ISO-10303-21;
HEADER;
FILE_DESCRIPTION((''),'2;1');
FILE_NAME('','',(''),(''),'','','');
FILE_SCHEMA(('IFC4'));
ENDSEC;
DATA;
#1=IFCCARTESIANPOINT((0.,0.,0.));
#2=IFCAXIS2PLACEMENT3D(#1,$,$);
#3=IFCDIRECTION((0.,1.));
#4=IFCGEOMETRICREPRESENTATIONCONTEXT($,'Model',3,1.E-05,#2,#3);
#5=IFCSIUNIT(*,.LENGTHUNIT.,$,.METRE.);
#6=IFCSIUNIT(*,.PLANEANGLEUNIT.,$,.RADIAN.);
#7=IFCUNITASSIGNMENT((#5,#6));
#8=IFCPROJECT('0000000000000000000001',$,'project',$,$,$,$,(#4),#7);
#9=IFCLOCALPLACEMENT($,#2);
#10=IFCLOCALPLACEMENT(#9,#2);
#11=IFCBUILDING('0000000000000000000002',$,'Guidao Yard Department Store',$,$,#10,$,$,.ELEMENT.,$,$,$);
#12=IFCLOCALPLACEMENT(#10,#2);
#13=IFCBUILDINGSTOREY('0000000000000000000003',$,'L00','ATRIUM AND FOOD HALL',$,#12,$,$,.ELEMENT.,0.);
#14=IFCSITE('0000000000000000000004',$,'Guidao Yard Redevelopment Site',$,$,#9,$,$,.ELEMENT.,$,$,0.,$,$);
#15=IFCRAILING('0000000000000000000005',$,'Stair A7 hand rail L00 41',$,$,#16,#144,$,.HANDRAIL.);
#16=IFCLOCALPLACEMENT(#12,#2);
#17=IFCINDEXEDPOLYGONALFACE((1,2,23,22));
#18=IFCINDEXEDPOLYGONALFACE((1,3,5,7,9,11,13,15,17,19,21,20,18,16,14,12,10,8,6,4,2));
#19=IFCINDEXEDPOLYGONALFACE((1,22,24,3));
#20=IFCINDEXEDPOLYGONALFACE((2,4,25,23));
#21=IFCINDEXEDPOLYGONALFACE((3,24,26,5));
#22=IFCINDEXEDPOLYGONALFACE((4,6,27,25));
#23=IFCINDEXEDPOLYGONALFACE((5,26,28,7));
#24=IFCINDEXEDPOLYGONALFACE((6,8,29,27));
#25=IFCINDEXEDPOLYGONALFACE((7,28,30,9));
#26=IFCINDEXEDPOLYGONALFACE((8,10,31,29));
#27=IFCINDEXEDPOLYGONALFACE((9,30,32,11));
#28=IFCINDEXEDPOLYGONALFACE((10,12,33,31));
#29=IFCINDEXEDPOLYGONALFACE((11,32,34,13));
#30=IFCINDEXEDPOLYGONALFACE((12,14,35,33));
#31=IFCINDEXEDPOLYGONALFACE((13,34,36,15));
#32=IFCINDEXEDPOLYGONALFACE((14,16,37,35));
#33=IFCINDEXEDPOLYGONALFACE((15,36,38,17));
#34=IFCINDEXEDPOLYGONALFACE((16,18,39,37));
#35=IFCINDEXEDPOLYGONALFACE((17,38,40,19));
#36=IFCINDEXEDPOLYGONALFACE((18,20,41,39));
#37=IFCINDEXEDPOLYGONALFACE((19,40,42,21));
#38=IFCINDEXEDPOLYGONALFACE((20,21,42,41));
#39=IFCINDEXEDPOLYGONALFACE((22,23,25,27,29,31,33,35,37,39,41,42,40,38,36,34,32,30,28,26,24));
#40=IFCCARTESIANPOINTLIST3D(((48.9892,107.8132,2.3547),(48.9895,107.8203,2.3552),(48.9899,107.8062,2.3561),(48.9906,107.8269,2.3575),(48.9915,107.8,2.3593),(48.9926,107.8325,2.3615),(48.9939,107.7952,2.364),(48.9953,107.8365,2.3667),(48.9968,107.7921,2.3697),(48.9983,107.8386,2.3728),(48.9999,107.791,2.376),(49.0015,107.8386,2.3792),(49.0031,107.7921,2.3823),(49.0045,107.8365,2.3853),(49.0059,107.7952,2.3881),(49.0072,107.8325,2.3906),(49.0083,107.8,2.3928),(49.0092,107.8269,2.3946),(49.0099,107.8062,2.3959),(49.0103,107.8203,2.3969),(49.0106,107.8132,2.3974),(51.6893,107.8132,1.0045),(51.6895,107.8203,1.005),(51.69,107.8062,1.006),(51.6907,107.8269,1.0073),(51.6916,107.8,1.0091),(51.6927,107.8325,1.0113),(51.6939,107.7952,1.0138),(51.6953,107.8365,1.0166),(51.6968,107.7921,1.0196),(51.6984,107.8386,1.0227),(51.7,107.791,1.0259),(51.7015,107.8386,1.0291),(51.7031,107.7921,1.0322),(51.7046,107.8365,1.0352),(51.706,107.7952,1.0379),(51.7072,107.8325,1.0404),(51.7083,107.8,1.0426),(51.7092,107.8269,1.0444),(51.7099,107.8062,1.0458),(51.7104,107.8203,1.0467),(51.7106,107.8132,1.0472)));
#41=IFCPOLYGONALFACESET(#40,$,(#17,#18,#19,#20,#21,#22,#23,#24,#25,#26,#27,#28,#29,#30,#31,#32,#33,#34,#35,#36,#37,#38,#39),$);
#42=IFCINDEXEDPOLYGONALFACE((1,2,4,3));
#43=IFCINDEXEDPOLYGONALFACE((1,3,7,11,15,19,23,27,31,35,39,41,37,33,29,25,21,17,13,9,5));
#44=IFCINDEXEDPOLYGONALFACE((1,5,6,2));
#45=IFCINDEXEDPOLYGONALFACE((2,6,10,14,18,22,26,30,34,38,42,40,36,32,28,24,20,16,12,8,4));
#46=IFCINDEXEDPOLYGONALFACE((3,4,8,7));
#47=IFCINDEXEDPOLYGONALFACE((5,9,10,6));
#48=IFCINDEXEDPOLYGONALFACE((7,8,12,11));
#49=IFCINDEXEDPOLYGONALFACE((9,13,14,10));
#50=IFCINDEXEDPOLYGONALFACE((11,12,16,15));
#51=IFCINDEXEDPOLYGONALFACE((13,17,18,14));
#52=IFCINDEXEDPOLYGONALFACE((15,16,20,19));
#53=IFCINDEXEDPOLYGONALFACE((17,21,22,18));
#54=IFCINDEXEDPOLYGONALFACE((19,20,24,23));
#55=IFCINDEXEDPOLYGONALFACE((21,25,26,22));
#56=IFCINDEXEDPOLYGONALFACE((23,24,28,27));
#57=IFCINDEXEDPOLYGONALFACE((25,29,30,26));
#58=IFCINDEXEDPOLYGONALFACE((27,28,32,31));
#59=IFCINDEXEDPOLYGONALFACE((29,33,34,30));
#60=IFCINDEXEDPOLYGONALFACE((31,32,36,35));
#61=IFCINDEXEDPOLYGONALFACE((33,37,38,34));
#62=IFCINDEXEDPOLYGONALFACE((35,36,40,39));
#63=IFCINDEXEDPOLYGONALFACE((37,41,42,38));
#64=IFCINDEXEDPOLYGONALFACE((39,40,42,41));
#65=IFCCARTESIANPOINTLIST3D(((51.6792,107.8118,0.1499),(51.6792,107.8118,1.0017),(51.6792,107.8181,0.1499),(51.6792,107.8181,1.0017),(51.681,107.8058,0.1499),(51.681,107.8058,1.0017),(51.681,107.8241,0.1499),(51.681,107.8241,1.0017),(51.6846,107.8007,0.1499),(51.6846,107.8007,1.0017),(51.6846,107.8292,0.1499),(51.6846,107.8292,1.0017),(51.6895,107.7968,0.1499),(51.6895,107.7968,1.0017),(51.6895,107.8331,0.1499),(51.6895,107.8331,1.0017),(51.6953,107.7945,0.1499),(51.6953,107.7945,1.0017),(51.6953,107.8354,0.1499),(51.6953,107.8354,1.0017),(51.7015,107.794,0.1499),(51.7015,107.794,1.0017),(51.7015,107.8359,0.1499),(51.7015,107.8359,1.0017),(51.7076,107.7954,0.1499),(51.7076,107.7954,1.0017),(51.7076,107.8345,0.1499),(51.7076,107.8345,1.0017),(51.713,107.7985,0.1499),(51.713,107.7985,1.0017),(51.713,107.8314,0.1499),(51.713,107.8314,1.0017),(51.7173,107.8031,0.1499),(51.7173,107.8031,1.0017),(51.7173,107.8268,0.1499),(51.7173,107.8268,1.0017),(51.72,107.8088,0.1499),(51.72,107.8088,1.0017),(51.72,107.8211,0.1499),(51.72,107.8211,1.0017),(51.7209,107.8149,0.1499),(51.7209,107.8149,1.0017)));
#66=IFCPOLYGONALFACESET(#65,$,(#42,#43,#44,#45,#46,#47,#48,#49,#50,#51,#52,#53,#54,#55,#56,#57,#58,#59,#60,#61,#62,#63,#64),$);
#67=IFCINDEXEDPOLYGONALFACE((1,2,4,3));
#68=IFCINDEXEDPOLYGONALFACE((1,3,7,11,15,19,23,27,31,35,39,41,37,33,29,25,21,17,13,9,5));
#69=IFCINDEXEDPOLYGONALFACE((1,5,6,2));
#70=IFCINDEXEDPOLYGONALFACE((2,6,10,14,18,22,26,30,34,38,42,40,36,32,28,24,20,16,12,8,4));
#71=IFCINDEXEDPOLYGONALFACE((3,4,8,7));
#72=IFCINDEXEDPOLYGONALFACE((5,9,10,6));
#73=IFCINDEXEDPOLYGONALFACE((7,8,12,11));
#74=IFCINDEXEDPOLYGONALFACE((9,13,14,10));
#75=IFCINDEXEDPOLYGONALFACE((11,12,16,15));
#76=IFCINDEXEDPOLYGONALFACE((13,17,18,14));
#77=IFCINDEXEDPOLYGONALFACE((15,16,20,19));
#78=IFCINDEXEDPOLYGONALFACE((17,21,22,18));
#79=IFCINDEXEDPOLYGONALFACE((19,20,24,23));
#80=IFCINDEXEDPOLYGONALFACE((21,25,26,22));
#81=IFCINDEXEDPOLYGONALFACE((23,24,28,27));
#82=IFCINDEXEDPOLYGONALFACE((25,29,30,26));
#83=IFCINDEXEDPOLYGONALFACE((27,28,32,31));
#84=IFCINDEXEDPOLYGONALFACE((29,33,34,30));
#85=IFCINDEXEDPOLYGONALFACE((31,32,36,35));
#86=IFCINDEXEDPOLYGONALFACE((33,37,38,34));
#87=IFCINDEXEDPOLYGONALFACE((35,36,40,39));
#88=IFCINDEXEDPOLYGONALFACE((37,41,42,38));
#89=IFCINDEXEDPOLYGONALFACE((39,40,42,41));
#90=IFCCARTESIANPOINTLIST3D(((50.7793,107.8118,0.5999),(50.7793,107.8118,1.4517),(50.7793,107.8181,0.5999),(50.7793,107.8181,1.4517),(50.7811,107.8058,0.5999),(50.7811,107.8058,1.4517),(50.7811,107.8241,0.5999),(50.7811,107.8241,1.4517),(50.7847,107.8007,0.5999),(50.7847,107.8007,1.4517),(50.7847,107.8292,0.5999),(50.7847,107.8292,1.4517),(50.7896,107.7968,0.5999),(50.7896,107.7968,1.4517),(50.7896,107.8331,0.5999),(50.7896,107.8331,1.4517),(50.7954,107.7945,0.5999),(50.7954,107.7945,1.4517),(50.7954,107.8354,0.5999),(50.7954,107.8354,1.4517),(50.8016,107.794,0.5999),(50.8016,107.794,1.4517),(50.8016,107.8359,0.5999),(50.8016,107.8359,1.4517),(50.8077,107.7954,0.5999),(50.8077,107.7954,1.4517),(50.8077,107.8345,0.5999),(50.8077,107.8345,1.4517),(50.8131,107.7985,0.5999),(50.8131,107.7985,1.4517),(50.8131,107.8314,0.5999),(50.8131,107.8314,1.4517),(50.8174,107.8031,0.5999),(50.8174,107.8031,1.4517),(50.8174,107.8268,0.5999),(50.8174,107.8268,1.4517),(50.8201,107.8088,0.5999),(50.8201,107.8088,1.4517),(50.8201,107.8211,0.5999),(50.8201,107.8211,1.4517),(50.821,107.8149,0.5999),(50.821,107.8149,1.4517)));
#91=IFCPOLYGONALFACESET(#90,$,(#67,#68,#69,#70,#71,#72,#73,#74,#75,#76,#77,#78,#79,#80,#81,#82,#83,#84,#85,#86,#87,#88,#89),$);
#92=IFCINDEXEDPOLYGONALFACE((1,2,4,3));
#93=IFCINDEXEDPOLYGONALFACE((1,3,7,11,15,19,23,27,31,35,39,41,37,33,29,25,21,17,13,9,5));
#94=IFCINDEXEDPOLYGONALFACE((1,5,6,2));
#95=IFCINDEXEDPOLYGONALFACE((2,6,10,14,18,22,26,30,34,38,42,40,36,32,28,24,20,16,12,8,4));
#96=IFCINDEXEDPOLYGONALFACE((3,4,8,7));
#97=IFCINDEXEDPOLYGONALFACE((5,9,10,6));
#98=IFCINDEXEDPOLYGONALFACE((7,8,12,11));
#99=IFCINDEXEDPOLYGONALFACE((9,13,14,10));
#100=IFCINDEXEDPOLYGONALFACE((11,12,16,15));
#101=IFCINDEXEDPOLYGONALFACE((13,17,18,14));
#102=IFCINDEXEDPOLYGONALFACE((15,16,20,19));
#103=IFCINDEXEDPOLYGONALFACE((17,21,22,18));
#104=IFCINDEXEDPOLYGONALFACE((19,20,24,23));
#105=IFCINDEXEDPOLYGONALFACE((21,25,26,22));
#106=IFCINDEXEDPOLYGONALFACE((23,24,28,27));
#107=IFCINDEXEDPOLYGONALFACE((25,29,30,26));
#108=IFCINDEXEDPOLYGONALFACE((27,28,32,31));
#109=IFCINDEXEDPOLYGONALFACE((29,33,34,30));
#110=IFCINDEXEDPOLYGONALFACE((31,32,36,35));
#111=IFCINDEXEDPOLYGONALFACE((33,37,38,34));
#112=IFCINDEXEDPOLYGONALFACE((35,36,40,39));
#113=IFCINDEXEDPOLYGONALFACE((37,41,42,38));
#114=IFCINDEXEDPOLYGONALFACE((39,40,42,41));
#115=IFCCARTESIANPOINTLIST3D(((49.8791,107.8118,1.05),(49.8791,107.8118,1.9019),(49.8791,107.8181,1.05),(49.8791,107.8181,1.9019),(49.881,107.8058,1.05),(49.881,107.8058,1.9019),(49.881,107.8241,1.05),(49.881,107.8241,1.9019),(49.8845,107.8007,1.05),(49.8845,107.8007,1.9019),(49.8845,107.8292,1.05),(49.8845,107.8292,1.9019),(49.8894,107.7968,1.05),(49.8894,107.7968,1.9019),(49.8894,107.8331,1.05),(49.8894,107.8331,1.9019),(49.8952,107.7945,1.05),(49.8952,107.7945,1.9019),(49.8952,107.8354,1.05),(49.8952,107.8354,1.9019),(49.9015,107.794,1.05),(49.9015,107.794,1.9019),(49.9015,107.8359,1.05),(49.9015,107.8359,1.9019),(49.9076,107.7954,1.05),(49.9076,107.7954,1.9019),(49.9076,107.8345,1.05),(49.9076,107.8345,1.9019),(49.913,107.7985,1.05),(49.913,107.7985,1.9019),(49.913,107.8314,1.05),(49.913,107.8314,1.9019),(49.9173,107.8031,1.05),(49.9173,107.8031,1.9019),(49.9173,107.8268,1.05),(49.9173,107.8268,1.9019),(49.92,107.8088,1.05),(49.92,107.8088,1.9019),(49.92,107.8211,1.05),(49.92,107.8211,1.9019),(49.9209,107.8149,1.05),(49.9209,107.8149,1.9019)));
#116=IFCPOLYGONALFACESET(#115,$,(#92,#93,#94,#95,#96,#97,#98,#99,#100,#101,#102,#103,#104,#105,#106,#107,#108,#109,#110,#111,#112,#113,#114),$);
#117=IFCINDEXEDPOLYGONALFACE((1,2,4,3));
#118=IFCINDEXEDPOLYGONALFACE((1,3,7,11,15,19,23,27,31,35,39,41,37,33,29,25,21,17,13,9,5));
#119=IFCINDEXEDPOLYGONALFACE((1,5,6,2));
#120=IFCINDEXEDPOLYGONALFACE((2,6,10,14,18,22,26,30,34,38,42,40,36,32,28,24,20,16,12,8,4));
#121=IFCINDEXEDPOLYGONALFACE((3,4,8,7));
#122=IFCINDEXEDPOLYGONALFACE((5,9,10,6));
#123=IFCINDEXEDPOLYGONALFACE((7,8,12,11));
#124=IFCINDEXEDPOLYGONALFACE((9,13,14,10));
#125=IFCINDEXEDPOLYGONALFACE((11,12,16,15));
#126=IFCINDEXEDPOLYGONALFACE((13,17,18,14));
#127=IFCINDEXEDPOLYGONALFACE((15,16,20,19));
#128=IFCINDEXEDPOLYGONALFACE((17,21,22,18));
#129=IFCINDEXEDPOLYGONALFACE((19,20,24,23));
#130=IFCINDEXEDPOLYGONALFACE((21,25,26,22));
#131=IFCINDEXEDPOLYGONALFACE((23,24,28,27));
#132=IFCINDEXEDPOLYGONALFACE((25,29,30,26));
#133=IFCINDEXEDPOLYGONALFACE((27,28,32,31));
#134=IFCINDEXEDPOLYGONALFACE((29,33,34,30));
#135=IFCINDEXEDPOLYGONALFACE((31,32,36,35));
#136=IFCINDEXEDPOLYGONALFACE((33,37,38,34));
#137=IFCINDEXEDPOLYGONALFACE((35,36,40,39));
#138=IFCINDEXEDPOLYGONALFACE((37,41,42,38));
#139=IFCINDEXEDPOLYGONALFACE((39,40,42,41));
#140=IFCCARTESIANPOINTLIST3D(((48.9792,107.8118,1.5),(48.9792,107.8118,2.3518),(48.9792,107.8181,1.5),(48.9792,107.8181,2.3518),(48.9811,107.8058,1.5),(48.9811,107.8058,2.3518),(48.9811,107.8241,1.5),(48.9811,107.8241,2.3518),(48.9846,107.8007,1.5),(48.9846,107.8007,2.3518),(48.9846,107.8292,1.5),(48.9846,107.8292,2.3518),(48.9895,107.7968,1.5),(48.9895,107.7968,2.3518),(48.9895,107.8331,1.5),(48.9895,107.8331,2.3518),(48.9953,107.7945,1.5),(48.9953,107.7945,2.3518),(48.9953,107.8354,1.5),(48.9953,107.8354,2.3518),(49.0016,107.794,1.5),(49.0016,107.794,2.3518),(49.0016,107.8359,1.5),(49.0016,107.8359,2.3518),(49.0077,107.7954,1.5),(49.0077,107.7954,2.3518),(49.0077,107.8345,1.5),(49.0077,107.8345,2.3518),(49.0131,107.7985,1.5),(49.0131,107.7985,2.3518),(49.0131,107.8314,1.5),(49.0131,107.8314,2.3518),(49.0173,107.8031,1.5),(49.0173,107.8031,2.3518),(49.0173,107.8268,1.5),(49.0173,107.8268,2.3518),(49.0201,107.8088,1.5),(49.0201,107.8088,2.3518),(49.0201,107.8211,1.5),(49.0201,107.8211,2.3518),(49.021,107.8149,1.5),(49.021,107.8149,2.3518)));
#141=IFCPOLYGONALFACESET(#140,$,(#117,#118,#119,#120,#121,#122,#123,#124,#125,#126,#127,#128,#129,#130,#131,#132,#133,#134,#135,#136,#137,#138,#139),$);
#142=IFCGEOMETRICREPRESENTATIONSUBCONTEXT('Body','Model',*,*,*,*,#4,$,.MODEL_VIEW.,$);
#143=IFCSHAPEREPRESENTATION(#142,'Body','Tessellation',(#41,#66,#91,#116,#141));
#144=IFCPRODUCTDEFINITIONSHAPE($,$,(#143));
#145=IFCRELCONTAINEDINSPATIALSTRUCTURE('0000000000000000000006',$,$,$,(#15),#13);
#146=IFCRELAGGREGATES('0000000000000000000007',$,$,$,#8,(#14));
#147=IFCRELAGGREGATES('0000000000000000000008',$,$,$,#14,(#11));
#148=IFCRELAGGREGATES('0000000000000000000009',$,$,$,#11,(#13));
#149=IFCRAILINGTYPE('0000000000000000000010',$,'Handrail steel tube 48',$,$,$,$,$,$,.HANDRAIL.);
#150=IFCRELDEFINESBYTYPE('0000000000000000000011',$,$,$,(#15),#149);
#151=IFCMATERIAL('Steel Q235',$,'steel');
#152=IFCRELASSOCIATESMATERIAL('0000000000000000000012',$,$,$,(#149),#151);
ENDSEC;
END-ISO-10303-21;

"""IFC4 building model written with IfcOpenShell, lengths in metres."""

from ifc_helpers import new_model, si_unit, direction, frame, origin, origin_2d, place, context, subcontext, project, spatial, circle, extrude, material, type_object, element, save


model = new_model("IFC4")

# Units and contexts
model_context = context("Model", 3, precision=1e-05, world=origin(), true_north=direction((0.0, 1.0)))
body_context = subcontext(model_context, "Body", "Model", "MODEL_VIEW")
ifc_project = project(units=[si_unit("LENGTHUNIT", "METRE"), si_unit("PLANEANGLEUNIT", "RADIAN")], contexts=[model_context])

# Site, building, storey
site_placement = place(None, origin())
site = spatial("IfcSite", under=ifc_project, at=site_placement, Name="Guidao Yard Redevelopment Site", CompositionType="ELEMENT", RefElevation=0.0)
building_placement = place(site_placement, origin())
building = spatial("IfcBuilding", under=site, at=building_placement, Name="Guidao Yard Department Store", CompositionType="ELEMENT")
storey_placement = place(building_placement, origin())
storey = spatial("IfcBuildingStorey", under=building, at=storey_placement, Name="L00", Description="ATRIUM AND FOOD HALL", CompositionType="ELEMENT", Elevation=0.0)

# Railing
ifc_material_1 = material(Name="Steel Q235", Category="steel")
railing_type_1 = type_object("IfcRailingType", Name="Handrail steel tube 48", PredefinedType="HANDRAIL", material=ifc_material_1)
for number, where, name in (
    (1, (51.7, 107.8149, 0.1499), "Stair A7 hand rail L00 41"),
):
    element("IfcRailing", number, at=place(storey_placement, frame(where)), inside=storey, type_object=railing_type_1, Name=name, PredefinedType="HANDRAIL", context=body_context, shape_type="SweptSolid", body=[
        extrude(circle(Radius=0.0239, at=origin_2d()), frame((0.0, 0.0, 0.876), z_axis=(-0.894411, 0.0, 0.447246), x_axis=(0.0, -1.0, 0.0)), (0.0, 0.0, 1.0), 3.0188),
        extrude(circle(Radius=0.021, at=origin_2d()), origin(), (0.0, 0.0, 1.0), 0.8518),
        extrude(circle(Radius=0.021, at=origin_2d()), frame((-0.8999, 0.0, 0.45)), (0.0, 0.0, 1.0), 0.8518),
        extrude(circle(Radius=0.021, at=origin_2d()), frame((-1.8, 0.0, 0.9001)), (0.0, 0.0, 1.0), 0.8518),
        extrude(circle(Radius=0.021, at=origin_2d()), frame((-2.7, 0.0, 1.3501)), (0.0, 0.0, 1.0), 0.8518),
    ])

save(model, "model.ifc")
